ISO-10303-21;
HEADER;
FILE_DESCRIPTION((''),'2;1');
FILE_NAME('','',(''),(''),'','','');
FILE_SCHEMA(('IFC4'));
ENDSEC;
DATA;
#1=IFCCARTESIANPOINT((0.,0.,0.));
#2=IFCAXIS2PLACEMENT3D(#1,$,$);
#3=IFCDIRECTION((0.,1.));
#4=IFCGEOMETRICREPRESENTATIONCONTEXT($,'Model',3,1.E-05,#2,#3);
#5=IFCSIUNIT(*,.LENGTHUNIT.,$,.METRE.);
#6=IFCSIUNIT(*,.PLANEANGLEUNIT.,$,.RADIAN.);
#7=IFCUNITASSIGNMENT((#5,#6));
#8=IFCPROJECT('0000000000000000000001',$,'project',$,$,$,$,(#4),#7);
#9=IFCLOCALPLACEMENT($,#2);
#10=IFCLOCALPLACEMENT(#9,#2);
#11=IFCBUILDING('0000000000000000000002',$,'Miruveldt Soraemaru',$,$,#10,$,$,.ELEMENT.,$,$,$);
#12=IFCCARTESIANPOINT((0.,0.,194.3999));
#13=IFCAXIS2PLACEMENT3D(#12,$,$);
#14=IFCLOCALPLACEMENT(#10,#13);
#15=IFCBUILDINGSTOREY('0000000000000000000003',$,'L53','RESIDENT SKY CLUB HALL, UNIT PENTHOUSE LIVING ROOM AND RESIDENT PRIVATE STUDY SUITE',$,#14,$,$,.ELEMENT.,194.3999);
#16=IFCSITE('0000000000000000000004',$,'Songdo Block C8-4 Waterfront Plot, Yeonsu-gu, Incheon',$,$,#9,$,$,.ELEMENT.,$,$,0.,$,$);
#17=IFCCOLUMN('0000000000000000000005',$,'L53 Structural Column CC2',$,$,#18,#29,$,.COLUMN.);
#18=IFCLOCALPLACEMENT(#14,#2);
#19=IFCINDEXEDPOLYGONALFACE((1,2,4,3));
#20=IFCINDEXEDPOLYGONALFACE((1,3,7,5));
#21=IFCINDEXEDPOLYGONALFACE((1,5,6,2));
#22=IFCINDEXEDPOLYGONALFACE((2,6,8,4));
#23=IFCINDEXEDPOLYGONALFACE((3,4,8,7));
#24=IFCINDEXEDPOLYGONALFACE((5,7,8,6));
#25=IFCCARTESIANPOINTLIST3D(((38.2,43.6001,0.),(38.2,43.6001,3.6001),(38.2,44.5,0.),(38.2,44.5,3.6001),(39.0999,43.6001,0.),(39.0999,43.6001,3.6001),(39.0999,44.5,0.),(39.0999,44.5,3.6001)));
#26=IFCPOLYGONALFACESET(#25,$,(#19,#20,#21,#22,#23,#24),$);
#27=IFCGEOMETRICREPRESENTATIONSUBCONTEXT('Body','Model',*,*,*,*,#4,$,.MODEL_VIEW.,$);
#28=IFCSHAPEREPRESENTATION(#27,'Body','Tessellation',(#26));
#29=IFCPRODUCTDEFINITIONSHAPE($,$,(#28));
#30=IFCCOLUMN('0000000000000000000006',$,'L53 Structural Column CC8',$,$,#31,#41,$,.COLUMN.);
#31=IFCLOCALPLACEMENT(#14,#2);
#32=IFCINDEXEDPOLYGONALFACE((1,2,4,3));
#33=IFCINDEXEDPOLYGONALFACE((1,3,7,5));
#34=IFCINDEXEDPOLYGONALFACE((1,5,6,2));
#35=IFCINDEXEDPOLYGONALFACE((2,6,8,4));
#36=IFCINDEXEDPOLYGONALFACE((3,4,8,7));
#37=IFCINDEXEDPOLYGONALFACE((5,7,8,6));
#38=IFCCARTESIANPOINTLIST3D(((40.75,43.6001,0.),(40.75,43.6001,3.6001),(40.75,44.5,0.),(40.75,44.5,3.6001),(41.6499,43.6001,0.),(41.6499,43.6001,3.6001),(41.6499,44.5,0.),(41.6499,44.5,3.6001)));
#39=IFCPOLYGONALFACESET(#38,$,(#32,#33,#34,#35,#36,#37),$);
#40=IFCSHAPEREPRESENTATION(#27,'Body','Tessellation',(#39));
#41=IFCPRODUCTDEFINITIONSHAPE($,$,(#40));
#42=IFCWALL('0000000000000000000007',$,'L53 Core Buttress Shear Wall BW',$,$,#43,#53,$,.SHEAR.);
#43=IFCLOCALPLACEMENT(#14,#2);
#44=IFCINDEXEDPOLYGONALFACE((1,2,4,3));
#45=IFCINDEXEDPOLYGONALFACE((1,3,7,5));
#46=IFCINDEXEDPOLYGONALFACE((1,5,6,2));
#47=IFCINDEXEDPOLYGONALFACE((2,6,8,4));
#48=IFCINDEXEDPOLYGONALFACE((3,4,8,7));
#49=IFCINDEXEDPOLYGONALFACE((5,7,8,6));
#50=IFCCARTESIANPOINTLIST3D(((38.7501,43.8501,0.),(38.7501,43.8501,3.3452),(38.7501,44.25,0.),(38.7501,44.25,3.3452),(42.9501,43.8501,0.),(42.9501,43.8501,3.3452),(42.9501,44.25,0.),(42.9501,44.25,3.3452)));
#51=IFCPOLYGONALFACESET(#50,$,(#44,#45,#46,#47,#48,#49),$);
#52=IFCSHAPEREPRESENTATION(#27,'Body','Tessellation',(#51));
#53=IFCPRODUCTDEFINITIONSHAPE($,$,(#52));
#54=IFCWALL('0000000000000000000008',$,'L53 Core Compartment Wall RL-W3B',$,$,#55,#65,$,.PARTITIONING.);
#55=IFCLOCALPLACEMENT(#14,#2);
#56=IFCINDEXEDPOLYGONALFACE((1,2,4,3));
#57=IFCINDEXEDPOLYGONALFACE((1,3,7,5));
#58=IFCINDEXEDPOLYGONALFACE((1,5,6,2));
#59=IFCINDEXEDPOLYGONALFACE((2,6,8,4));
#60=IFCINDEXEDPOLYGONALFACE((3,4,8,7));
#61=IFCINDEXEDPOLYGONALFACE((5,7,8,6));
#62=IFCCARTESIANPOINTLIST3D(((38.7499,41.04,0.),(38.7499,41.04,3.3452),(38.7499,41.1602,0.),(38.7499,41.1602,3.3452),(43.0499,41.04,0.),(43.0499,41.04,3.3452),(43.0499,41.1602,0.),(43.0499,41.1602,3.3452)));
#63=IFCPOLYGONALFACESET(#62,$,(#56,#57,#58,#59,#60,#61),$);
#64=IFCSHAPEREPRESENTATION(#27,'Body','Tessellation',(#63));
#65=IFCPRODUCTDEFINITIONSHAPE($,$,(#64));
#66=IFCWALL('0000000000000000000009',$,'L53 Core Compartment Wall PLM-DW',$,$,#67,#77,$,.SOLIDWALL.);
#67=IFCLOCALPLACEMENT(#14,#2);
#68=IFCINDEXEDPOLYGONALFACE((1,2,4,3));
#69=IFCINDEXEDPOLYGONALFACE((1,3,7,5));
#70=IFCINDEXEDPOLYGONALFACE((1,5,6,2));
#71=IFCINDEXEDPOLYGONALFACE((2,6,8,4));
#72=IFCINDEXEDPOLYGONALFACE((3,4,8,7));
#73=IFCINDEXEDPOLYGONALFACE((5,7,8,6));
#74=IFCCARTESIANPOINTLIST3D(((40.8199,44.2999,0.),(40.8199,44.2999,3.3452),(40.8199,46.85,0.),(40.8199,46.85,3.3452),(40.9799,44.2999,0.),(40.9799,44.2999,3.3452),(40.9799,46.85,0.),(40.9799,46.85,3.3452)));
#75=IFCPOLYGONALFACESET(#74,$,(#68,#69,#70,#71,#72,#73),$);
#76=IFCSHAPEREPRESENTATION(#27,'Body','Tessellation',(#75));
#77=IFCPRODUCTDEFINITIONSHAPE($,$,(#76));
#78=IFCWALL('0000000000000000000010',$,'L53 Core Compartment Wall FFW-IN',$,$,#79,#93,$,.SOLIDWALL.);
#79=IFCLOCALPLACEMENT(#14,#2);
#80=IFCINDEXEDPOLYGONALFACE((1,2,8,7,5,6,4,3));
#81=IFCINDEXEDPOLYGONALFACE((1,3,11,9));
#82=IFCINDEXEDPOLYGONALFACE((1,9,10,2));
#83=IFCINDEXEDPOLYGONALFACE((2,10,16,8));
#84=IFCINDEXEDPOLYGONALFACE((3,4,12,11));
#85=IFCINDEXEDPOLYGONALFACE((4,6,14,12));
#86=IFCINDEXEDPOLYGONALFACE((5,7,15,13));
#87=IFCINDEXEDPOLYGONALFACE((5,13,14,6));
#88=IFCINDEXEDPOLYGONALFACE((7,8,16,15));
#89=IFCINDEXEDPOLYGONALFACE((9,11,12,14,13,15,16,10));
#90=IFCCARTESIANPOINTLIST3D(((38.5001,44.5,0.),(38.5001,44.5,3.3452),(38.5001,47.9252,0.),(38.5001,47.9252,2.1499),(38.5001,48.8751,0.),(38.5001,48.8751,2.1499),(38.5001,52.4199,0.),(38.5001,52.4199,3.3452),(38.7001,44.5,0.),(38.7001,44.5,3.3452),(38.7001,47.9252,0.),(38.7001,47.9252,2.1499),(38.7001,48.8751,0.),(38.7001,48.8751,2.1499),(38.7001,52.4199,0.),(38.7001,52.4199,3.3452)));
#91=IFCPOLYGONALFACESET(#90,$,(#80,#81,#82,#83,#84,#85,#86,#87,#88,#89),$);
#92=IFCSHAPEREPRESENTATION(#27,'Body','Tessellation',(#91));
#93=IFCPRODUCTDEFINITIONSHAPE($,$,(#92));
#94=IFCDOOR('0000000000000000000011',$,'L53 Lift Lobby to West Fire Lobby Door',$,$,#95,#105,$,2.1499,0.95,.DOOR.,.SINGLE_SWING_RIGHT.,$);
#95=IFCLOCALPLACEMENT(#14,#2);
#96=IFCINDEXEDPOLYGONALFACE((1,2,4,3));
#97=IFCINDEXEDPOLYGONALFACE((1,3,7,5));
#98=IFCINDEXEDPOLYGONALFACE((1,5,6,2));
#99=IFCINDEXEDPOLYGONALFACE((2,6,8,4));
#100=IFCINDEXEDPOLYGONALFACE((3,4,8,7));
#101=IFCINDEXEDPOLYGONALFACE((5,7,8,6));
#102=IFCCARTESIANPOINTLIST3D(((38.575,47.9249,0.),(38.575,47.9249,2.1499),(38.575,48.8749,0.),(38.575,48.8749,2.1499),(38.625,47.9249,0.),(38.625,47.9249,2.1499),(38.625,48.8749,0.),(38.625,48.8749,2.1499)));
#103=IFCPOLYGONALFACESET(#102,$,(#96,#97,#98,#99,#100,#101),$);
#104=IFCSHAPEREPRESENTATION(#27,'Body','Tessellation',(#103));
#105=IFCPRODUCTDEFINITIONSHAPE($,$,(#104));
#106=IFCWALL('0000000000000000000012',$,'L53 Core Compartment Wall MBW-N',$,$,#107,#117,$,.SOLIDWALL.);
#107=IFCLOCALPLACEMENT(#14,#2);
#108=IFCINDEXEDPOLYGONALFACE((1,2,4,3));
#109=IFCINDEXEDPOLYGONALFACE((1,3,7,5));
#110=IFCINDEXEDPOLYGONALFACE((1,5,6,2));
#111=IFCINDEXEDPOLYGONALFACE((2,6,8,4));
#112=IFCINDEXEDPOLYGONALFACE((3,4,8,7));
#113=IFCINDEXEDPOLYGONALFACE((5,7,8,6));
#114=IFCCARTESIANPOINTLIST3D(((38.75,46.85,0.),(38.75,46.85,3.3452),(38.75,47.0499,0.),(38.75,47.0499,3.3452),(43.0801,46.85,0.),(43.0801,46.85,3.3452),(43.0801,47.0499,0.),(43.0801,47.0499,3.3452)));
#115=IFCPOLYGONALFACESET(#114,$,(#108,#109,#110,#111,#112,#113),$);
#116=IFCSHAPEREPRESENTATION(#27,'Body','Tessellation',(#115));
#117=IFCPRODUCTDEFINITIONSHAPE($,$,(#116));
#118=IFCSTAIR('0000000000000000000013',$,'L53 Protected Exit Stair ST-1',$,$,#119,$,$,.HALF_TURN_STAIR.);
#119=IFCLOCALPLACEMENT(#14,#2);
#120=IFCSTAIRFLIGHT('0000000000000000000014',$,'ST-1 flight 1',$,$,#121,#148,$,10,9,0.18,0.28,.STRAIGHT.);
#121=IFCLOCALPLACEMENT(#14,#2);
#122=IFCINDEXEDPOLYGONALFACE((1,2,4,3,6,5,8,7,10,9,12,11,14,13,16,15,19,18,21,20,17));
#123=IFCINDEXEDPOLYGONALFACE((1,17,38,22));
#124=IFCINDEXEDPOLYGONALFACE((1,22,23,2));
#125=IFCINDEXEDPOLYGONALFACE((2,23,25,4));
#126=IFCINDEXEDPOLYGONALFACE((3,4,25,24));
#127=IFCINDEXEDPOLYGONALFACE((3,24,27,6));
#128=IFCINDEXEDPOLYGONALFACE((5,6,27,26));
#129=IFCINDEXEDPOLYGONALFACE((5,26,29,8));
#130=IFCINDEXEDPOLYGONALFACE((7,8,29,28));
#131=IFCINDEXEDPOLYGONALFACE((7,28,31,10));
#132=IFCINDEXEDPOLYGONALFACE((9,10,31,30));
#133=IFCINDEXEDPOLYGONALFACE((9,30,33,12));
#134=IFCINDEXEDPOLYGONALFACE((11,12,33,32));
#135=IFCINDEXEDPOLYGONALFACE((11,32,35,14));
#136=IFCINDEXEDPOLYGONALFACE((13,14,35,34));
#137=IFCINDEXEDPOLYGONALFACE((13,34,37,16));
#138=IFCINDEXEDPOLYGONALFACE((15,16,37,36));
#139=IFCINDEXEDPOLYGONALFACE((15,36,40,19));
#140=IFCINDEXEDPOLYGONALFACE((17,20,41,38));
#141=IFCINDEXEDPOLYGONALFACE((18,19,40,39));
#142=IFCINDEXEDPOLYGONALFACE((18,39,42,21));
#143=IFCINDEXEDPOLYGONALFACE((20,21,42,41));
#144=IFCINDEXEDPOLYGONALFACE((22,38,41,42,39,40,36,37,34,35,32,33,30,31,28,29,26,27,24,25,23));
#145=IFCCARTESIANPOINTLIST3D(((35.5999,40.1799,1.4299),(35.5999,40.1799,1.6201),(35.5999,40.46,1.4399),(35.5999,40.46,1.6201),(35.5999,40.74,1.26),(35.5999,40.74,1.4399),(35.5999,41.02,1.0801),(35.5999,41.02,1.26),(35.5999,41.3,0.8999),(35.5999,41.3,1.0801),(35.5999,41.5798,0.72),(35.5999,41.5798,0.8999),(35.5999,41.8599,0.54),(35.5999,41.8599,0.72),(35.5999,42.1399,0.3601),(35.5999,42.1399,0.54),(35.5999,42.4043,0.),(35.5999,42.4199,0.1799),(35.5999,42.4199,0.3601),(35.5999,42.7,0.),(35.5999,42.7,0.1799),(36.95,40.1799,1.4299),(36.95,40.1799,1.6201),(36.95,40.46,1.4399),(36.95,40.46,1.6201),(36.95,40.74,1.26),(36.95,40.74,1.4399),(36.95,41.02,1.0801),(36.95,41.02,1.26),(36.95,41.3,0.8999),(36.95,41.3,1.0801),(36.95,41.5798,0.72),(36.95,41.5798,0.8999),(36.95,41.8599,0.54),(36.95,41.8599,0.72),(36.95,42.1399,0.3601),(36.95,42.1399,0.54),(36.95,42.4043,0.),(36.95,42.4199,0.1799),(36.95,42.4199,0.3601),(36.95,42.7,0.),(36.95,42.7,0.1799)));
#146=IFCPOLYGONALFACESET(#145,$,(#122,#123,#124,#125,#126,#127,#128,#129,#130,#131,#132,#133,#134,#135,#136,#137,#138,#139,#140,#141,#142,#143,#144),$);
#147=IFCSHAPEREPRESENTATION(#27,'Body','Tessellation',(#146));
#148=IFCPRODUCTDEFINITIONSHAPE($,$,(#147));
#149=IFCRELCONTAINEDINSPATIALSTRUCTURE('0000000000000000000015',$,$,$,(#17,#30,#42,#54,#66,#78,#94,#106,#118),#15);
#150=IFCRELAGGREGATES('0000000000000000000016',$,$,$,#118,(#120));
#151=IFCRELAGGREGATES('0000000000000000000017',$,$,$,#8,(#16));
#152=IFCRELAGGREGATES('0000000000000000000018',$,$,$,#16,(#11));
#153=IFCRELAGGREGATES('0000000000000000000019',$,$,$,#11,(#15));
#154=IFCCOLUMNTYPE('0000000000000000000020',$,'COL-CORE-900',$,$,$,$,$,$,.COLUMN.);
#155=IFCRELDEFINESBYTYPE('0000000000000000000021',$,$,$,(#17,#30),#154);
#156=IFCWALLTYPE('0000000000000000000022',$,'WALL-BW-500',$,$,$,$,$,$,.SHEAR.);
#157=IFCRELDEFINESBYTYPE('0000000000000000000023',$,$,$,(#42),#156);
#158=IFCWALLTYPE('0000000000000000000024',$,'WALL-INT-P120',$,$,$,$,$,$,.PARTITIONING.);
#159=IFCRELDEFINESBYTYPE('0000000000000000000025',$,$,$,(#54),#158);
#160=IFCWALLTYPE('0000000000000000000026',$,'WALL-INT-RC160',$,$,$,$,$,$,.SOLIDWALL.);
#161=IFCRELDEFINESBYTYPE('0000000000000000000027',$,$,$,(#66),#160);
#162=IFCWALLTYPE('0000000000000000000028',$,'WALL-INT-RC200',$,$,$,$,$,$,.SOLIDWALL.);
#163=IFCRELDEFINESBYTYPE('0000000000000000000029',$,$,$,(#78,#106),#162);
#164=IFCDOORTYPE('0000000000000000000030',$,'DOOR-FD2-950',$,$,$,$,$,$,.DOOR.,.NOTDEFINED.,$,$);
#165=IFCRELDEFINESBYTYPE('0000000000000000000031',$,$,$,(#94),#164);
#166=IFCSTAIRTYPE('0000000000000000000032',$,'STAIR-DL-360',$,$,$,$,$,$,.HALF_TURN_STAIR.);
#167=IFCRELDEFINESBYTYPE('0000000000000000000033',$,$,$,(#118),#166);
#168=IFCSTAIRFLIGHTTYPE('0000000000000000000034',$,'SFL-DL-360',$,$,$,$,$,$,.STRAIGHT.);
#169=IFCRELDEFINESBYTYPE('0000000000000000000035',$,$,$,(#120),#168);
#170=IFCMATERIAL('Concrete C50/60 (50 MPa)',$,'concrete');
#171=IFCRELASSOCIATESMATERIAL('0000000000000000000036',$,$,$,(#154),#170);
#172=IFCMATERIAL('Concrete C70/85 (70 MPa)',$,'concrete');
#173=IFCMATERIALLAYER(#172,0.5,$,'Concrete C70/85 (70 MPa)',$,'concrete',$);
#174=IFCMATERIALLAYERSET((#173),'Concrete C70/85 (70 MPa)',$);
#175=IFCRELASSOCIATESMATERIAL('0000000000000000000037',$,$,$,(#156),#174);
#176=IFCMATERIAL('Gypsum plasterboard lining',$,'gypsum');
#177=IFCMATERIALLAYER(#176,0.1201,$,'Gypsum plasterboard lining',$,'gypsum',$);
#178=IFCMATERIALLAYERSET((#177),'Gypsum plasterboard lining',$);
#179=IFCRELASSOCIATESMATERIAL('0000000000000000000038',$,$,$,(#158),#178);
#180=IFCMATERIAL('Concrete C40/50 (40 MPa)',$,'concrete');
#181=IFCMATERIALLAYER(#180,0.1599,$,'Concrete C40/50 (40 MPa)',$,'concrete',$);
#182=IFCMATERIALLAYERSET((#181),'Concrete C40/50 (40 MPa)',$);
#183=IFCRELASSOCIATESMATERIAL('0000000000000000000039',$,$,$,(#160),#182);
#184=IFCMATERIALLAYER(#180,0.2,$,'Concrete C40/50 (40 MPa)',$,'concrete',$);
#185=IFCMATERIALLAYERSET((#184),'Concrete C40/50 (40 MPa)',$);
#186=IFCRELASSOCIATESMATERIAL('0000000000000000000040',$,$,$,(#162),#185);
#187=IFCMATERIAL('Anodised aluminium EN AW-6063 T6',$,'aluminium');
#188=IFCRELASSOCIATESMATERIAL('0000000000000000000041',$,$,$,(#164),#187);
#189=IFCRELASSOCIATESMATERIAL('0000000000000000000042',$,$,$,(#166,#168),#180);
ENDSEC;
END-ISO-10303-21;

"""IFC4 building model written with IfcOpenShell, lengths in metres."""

from ifc_helpers import new_model, si_unit, direction, frame, frame_2d, origin, origin_2d, place, context, subcontext, project, spatial, polyline, rectangle, outline, extrude, material, layer, layer_set, material_profile, profile_set, type_object, element, fill, aggregate, save


model = new_model("IFC4")

# Units and contexts
model_context = context("Model", 3, precision=1e-05, world=origin(), true_north=direction((0.0, 1.0)))
body_context = subcontext(model_context, "Body", "Model", "MODEL_VIEW")
ifc_project = project(units=[si_unit("LENGTHUNIT", "METRE"), si_unit("PLANEANGLEUNIT", "RADIAN")], contexts=[model_context])

# Site, building, storey
site_placement = place(None, origin())
site = spatial("IfcSite", under=ifc_project, at=site_placement, Name="Songdo Block C8-4 Waterfront Plot, Yeonsu-gu, Incheon", CompositionType="ELEMENT", RefElevation=0.0)
building_placement = place(site_placement, origin())
building = spatial("IfcBuilding", under=site, at=building_placement, Name="Miruveldt Soraemaru", CompositionType="ELEMENT")
storey_placement = place(building_placement, frame((0.0, 0.0, 194.3999)))
storey = spatial("IfcBuildingStorey", under=building, at=storey_placement, Name="L53", Description="RESIDENT SKY CLUB HALL, UNIT PENTHOUSE LIVING ROOM AND RESIDENT PRIVATE STUDY SUITE", CompositionType="ELEMENT", Elevation=194.3999)

# Columns
ifc_material_1 = material(Name="Concrete C50/60 (50 MPa)", Category="concrete")
ifc_material_profile = material_profile(ifc_material_1, rectangle(XDim=0.8999, YDim=0.8999, at=origin_2d()), Name="Concrete C50/60 (50 MPa)", Category="concrete")
ifc_profile_set = profile_set([ifc_material_profile], Name="Concrete C50/60 (50 MPa)")
column_type = type_object("IfcColumnType", Name="COL-CORE-900", PredefinedType="COLUMN", material=ifc_profile_set)
for number, where, z_axis, x_axis, name in (
    (1, (38.6499, 44.05, 0.0), (0.0, 0.0, 1.0), (1.0, 0.0, 0.0), "L53 Structural Column CC2"),
    (2, (41.2, 44.05, 0.0), (0.0, 0.0, 1.0), (1.0, 0.0, 0.0), "L53 Structural Column CC8"),
):
    element("IfcColumn", number, at=place(storey_placement, frame(where, z_axis=z_axis, x_axis=x_axis)), inside=storey, type_object=column_type, Name=name, PredefinedType="COLUMN", context=body_context, shape_type="SweptSolid", body=[
        extrude(rectangle(XDim=0.8999, YDim=0.8999, at=origin_2d()), origin(), (0.0, 0.0, 1.0), 3.6001),
    ])

# Walls
ifc_material_2 = material(Name="Concrete C70/85 (70 MPa)", Category="concrete")
ifc_layer_1 = layer(ifc_material_2, 0.5, Name="Concrete C70/85 (70 MPa)", Category="concrete")
ifc_layer_set_1 = layer_set([ifc_layer_1], Name="Concrete C70/85 (70 MPa)")
wall_type_1 = type_object("IfcWallType", Name="WALL-BW-500", PredefinedType="SHEAR", material=ifc_layer_set_1)
wall_1_placement = place(storey_placement, frame((38.75, 44.05, 0.0), z_axis=(0.0, 0.0, 1.0), x_axis=(1.0, 0.0, 0.0)))
element("IfcWall", 3, at=wall_1_placement, inside=storey, type_object=wall_type_1, Name="L53 Core Buttress Shear Wall BW", PredefinedType="SHEAR", context=body_context, shape_type="SweptSolid", body=[
    extrude(rectangle(XDim=4.2, YDim=0.3999, at=frame_2d((2.1001, 0.0))), origin(), (0.0, 0.0, 1.0), 3.3452),
])
ifc_material_3 = material(Name="Gypsum plasterboard lining", Category="gypsum")
ifc_layer_2 = layer(ifc_material_3, 0.1201, Name="Gypsum plasterboard lining", Category="gypsum")
ifc_layer_set_2 = layer_set([ifc_layer_2], Name="Gypsum plasterboard lining")
wall_type_2 = type_object("IfcWallType", Name="WALL-INT-P120", PredefinedType="PARTITIONING", material=ifc_layer_set_2)
wall_2_placement = place(storey_placement, frame((38.75, 41.1001, 0.0), z_axis=(0.0, 0.0, 1.0), x_axis=(1.0, 0.0, 0.0)))
element("IfcWall", 4, at=wall_2_placement, inside=storey, type_object=wall_type_2, Name="L53 Core Compartment Wall RL-W3B", PredefinedType="PARTITIONING", context=body_context, shape_type="SweptSolid", body=[
    extrude(rectangle(XDim=4.3, YDim=0.1201, at=frame_2d((2.1499, 0.0))), origin(), (0.0, 0.0, 1.0), 3.3452),
])
ifc_material_4 = material(Name="Concrete C40/50 (40 MPa)", Category="concrete")
ifc_layer_3 = layer(ifc_material_4, 0.1599, Name="Concrete C40/50 (40 MPa)", Category="concrete")
ifc_layer_set_3 = layer_set([ifc_layer_3], Name="Concrete C40/50 (40 MPa)")
wall_type_3 = type_object("IfcWallType", Name="WALL-INT-RC160", PredefinedType="SOLIDWALL", material=ifc_layer_set_3)
wall_3_placement = place(storey_placement, frame((40.8999, 44.3, 0.0), z_axis=(0.0, 0.0, 1.0), x_axis=(0.0, 1.0, 0.0)))
element("IfcWall", 5, at=wall_3_placement, inside=storey, type_object=wall_type_3, Name="L53 Core Compartment Wall PLM-DW", PredefinedType="SOLIDWALL", context=body_context, shape_type="SweptSolid", body=[
    extrude(rectangle(XDim=2.55, YDim=0.1599, at=frame_2d((1.2749, 0.0))), origin(), (0.0, 0.0, 1.0), 3.3452),
])

# Wall, opening, door
ifc_layer_4 = layer(ifc_material_4, 0.2, Name="Concrete C40/50 (40 MPa)", Category="concrete")
ifc_layer_set_4 = layer_set([ifc_layer_4], Name="Concrete C40/50 (40 MPa)")
wall_type_4 = type_object("IfcWallType", Name="WALL-INT-RC200", PredefinedType="SOLIDWALL", material=ifc_layer_set_4)
wall_4_placement = place(storey_placement, frame((38.6001, 44.5, 0.0), z_axis=(0.0, 0.0, 1.0), x_axis=(0.0, 1.0, 0.0)))
wall_4 = element("IfcWall", 6, at=wall_4_placement, inside=storey, type_object=wall_type_4, Name="L53 Core Compartment Wall FFW-IN", PredefinedType="SOLIDWALL", context=body_context, shape_type="SweptSolid", body=[
    extrude(rectangle(XDim=7.9199, YDim=0.2, at=frame_2d((3.96, 0.0))), origin(), (0.0, 0.0, 1.0), 3.3452),
])
opening_1_placement = place(wall_4_placement, frame((3.425, 0.0, 0.0)))
opening_1 = element("IfcOpeningElement", 7, at=opening_1_placement, cuts=wall_4, PredefinedType="OPENING", context=body_context, shape_type="SweptSolid", body=[
    extrude(rectangle(XDim=0.95, YDim=2.1499, at=frame_2d((0.4751, 1.075))), frame((0.0, 0.1099, 0.0), z_axis=(0.0, -1.0, 0.0), x_axis=(1.0, 0.0, 0.0)), (0.0, 0.0, 1.0), 0.22),
])
ifc_material_5 = material(Name="Anodised aluminium EN AW-6063 T6", Category="aluminium")
door_type_1 = type_object("IfcDoorType", Name="DOOR-FD2-950", OperationType="NOTDEFINED", PredefinedType="DOOR", material=ifc_material_5)
door_1_placement = place(opening_1_placement, frame((0.95, 0.0, 0.0), z_axis=(0.0, 0.0, 1.0), x_axis=(-1.0, 0.0, 0.0)))
door_1 = element("IfcDoor", 8, at=door_1_placement, inside=storey, type_object=door_type_1, Name="L53 Lift Lobby to West Fire Lobby Door", OperationType="SINGLE_SWING_RIGHT", OverallHeight=2.1499, OverallWidth=0.95, PredefinedType="DOOR", context=body_context, shape_type="SweptSolid", body=[
    extrude(rectangle(XDim=0.95, YDim=2.1499, at=frame_2d((0.4751, 1.075))), frame((0.0, 0.0249, 0.0), z_axis=(0.0, -1.0, 0.0), x_axis=(1.0, 0.0, 0.0)), (0.0, 0.0, 1.0), 0.05),
])
fill(opening_1, door_1)

# Wall
wall_5_placement = place(storey_placement, frame((38.75, 46.95, 0.0), z_axis=(0.0, 0.0, 1.0), x_axis=(1.0, 0.0, 0.0)))
element("IfcWall", 9, at=wall_5_placement, inside=storey, type_object=wall_type_4, Name="L53 Core Compartment Wall MBW-N", PredefinedType="SOLIDWALL", context=body_context, shape_type="SweptSolid", body=[
    extrude(rectangle(XDim=4.3301, YDim=0.2, at=frame_2d((2.165, 0.0))), origin(), (0.0, 0.0, 1.0), 3.3452),
])

# Stair, stair flight
stair_type = type_object("IfcStairType", Name="STAIR-DL-360", PredefinedType="HALF_TURN_STAIR", material=ifc_material_4)
stair_placement = place(storey_placement, origin())
stair = element("IfcStair", 10, at=stair_placement, inside=storey, type_object=stair_type, Name="L53 Protected Exit Stair ST-1", PredefinedType="HALF_TURN_STAIR")
stair_flight_type = type_object("IfcStairFlightType", Name="SFL-DL-360", PredefinedType="STRAIGHT", material=ifc_material_4)
stair_flight_placement = place(storey_placement, frame((36.2749, 42.7, 0.0), z_axis=(0.0, 0.0, 1.0), x_axis=(0.0, -1.0, 0.0)))
stair_flight = element("IfcStairFlight", 11, at=stair_flight_placement, type_object=stair_flight_type, Name="ST-1 flight 1", NumberOfRisers=10, NumberOfTreads=9, PredefinedType="STRAIGHT", RiserHeight=0.18, TreadLength=0.28, context=body_context, shape_type="SweptSolid", body=[
    extrude(outline(polyline([(0.0, 0.0), (0.0, 0.1799), (0.28, 0.1799), (0.28, 0.3601), (0.5601, 0.3601), (0.5601, 0.54), (0.8401, 0.54), (0.8401, 0.72), (1.1201, 0.72), (1.1201, 0.8999), (1.3999, 0.8999), (1.3999, 1.0801), (1.6799, 1.0801), (1.6799, 1.26), (1.96, 1.26), (1.96, 1.4399), (2.24, 1.4399), (2.24, 1.6201), (2.52, 1.6201), (2.52, 1.8), (2.52, 1.4299), (0.2957, 0.0), (0.0, 0.0)])), frame((0.0, 0.675, 0.0), z_axis=(0.0, -1.0, 0.0), x_axis=(1.0, 0.0, 0.0)), (0.0, 0.0, 1.0), 1.3501),
])
aggregate(stair, [stair_flight])

save(model, "model.ifc")
